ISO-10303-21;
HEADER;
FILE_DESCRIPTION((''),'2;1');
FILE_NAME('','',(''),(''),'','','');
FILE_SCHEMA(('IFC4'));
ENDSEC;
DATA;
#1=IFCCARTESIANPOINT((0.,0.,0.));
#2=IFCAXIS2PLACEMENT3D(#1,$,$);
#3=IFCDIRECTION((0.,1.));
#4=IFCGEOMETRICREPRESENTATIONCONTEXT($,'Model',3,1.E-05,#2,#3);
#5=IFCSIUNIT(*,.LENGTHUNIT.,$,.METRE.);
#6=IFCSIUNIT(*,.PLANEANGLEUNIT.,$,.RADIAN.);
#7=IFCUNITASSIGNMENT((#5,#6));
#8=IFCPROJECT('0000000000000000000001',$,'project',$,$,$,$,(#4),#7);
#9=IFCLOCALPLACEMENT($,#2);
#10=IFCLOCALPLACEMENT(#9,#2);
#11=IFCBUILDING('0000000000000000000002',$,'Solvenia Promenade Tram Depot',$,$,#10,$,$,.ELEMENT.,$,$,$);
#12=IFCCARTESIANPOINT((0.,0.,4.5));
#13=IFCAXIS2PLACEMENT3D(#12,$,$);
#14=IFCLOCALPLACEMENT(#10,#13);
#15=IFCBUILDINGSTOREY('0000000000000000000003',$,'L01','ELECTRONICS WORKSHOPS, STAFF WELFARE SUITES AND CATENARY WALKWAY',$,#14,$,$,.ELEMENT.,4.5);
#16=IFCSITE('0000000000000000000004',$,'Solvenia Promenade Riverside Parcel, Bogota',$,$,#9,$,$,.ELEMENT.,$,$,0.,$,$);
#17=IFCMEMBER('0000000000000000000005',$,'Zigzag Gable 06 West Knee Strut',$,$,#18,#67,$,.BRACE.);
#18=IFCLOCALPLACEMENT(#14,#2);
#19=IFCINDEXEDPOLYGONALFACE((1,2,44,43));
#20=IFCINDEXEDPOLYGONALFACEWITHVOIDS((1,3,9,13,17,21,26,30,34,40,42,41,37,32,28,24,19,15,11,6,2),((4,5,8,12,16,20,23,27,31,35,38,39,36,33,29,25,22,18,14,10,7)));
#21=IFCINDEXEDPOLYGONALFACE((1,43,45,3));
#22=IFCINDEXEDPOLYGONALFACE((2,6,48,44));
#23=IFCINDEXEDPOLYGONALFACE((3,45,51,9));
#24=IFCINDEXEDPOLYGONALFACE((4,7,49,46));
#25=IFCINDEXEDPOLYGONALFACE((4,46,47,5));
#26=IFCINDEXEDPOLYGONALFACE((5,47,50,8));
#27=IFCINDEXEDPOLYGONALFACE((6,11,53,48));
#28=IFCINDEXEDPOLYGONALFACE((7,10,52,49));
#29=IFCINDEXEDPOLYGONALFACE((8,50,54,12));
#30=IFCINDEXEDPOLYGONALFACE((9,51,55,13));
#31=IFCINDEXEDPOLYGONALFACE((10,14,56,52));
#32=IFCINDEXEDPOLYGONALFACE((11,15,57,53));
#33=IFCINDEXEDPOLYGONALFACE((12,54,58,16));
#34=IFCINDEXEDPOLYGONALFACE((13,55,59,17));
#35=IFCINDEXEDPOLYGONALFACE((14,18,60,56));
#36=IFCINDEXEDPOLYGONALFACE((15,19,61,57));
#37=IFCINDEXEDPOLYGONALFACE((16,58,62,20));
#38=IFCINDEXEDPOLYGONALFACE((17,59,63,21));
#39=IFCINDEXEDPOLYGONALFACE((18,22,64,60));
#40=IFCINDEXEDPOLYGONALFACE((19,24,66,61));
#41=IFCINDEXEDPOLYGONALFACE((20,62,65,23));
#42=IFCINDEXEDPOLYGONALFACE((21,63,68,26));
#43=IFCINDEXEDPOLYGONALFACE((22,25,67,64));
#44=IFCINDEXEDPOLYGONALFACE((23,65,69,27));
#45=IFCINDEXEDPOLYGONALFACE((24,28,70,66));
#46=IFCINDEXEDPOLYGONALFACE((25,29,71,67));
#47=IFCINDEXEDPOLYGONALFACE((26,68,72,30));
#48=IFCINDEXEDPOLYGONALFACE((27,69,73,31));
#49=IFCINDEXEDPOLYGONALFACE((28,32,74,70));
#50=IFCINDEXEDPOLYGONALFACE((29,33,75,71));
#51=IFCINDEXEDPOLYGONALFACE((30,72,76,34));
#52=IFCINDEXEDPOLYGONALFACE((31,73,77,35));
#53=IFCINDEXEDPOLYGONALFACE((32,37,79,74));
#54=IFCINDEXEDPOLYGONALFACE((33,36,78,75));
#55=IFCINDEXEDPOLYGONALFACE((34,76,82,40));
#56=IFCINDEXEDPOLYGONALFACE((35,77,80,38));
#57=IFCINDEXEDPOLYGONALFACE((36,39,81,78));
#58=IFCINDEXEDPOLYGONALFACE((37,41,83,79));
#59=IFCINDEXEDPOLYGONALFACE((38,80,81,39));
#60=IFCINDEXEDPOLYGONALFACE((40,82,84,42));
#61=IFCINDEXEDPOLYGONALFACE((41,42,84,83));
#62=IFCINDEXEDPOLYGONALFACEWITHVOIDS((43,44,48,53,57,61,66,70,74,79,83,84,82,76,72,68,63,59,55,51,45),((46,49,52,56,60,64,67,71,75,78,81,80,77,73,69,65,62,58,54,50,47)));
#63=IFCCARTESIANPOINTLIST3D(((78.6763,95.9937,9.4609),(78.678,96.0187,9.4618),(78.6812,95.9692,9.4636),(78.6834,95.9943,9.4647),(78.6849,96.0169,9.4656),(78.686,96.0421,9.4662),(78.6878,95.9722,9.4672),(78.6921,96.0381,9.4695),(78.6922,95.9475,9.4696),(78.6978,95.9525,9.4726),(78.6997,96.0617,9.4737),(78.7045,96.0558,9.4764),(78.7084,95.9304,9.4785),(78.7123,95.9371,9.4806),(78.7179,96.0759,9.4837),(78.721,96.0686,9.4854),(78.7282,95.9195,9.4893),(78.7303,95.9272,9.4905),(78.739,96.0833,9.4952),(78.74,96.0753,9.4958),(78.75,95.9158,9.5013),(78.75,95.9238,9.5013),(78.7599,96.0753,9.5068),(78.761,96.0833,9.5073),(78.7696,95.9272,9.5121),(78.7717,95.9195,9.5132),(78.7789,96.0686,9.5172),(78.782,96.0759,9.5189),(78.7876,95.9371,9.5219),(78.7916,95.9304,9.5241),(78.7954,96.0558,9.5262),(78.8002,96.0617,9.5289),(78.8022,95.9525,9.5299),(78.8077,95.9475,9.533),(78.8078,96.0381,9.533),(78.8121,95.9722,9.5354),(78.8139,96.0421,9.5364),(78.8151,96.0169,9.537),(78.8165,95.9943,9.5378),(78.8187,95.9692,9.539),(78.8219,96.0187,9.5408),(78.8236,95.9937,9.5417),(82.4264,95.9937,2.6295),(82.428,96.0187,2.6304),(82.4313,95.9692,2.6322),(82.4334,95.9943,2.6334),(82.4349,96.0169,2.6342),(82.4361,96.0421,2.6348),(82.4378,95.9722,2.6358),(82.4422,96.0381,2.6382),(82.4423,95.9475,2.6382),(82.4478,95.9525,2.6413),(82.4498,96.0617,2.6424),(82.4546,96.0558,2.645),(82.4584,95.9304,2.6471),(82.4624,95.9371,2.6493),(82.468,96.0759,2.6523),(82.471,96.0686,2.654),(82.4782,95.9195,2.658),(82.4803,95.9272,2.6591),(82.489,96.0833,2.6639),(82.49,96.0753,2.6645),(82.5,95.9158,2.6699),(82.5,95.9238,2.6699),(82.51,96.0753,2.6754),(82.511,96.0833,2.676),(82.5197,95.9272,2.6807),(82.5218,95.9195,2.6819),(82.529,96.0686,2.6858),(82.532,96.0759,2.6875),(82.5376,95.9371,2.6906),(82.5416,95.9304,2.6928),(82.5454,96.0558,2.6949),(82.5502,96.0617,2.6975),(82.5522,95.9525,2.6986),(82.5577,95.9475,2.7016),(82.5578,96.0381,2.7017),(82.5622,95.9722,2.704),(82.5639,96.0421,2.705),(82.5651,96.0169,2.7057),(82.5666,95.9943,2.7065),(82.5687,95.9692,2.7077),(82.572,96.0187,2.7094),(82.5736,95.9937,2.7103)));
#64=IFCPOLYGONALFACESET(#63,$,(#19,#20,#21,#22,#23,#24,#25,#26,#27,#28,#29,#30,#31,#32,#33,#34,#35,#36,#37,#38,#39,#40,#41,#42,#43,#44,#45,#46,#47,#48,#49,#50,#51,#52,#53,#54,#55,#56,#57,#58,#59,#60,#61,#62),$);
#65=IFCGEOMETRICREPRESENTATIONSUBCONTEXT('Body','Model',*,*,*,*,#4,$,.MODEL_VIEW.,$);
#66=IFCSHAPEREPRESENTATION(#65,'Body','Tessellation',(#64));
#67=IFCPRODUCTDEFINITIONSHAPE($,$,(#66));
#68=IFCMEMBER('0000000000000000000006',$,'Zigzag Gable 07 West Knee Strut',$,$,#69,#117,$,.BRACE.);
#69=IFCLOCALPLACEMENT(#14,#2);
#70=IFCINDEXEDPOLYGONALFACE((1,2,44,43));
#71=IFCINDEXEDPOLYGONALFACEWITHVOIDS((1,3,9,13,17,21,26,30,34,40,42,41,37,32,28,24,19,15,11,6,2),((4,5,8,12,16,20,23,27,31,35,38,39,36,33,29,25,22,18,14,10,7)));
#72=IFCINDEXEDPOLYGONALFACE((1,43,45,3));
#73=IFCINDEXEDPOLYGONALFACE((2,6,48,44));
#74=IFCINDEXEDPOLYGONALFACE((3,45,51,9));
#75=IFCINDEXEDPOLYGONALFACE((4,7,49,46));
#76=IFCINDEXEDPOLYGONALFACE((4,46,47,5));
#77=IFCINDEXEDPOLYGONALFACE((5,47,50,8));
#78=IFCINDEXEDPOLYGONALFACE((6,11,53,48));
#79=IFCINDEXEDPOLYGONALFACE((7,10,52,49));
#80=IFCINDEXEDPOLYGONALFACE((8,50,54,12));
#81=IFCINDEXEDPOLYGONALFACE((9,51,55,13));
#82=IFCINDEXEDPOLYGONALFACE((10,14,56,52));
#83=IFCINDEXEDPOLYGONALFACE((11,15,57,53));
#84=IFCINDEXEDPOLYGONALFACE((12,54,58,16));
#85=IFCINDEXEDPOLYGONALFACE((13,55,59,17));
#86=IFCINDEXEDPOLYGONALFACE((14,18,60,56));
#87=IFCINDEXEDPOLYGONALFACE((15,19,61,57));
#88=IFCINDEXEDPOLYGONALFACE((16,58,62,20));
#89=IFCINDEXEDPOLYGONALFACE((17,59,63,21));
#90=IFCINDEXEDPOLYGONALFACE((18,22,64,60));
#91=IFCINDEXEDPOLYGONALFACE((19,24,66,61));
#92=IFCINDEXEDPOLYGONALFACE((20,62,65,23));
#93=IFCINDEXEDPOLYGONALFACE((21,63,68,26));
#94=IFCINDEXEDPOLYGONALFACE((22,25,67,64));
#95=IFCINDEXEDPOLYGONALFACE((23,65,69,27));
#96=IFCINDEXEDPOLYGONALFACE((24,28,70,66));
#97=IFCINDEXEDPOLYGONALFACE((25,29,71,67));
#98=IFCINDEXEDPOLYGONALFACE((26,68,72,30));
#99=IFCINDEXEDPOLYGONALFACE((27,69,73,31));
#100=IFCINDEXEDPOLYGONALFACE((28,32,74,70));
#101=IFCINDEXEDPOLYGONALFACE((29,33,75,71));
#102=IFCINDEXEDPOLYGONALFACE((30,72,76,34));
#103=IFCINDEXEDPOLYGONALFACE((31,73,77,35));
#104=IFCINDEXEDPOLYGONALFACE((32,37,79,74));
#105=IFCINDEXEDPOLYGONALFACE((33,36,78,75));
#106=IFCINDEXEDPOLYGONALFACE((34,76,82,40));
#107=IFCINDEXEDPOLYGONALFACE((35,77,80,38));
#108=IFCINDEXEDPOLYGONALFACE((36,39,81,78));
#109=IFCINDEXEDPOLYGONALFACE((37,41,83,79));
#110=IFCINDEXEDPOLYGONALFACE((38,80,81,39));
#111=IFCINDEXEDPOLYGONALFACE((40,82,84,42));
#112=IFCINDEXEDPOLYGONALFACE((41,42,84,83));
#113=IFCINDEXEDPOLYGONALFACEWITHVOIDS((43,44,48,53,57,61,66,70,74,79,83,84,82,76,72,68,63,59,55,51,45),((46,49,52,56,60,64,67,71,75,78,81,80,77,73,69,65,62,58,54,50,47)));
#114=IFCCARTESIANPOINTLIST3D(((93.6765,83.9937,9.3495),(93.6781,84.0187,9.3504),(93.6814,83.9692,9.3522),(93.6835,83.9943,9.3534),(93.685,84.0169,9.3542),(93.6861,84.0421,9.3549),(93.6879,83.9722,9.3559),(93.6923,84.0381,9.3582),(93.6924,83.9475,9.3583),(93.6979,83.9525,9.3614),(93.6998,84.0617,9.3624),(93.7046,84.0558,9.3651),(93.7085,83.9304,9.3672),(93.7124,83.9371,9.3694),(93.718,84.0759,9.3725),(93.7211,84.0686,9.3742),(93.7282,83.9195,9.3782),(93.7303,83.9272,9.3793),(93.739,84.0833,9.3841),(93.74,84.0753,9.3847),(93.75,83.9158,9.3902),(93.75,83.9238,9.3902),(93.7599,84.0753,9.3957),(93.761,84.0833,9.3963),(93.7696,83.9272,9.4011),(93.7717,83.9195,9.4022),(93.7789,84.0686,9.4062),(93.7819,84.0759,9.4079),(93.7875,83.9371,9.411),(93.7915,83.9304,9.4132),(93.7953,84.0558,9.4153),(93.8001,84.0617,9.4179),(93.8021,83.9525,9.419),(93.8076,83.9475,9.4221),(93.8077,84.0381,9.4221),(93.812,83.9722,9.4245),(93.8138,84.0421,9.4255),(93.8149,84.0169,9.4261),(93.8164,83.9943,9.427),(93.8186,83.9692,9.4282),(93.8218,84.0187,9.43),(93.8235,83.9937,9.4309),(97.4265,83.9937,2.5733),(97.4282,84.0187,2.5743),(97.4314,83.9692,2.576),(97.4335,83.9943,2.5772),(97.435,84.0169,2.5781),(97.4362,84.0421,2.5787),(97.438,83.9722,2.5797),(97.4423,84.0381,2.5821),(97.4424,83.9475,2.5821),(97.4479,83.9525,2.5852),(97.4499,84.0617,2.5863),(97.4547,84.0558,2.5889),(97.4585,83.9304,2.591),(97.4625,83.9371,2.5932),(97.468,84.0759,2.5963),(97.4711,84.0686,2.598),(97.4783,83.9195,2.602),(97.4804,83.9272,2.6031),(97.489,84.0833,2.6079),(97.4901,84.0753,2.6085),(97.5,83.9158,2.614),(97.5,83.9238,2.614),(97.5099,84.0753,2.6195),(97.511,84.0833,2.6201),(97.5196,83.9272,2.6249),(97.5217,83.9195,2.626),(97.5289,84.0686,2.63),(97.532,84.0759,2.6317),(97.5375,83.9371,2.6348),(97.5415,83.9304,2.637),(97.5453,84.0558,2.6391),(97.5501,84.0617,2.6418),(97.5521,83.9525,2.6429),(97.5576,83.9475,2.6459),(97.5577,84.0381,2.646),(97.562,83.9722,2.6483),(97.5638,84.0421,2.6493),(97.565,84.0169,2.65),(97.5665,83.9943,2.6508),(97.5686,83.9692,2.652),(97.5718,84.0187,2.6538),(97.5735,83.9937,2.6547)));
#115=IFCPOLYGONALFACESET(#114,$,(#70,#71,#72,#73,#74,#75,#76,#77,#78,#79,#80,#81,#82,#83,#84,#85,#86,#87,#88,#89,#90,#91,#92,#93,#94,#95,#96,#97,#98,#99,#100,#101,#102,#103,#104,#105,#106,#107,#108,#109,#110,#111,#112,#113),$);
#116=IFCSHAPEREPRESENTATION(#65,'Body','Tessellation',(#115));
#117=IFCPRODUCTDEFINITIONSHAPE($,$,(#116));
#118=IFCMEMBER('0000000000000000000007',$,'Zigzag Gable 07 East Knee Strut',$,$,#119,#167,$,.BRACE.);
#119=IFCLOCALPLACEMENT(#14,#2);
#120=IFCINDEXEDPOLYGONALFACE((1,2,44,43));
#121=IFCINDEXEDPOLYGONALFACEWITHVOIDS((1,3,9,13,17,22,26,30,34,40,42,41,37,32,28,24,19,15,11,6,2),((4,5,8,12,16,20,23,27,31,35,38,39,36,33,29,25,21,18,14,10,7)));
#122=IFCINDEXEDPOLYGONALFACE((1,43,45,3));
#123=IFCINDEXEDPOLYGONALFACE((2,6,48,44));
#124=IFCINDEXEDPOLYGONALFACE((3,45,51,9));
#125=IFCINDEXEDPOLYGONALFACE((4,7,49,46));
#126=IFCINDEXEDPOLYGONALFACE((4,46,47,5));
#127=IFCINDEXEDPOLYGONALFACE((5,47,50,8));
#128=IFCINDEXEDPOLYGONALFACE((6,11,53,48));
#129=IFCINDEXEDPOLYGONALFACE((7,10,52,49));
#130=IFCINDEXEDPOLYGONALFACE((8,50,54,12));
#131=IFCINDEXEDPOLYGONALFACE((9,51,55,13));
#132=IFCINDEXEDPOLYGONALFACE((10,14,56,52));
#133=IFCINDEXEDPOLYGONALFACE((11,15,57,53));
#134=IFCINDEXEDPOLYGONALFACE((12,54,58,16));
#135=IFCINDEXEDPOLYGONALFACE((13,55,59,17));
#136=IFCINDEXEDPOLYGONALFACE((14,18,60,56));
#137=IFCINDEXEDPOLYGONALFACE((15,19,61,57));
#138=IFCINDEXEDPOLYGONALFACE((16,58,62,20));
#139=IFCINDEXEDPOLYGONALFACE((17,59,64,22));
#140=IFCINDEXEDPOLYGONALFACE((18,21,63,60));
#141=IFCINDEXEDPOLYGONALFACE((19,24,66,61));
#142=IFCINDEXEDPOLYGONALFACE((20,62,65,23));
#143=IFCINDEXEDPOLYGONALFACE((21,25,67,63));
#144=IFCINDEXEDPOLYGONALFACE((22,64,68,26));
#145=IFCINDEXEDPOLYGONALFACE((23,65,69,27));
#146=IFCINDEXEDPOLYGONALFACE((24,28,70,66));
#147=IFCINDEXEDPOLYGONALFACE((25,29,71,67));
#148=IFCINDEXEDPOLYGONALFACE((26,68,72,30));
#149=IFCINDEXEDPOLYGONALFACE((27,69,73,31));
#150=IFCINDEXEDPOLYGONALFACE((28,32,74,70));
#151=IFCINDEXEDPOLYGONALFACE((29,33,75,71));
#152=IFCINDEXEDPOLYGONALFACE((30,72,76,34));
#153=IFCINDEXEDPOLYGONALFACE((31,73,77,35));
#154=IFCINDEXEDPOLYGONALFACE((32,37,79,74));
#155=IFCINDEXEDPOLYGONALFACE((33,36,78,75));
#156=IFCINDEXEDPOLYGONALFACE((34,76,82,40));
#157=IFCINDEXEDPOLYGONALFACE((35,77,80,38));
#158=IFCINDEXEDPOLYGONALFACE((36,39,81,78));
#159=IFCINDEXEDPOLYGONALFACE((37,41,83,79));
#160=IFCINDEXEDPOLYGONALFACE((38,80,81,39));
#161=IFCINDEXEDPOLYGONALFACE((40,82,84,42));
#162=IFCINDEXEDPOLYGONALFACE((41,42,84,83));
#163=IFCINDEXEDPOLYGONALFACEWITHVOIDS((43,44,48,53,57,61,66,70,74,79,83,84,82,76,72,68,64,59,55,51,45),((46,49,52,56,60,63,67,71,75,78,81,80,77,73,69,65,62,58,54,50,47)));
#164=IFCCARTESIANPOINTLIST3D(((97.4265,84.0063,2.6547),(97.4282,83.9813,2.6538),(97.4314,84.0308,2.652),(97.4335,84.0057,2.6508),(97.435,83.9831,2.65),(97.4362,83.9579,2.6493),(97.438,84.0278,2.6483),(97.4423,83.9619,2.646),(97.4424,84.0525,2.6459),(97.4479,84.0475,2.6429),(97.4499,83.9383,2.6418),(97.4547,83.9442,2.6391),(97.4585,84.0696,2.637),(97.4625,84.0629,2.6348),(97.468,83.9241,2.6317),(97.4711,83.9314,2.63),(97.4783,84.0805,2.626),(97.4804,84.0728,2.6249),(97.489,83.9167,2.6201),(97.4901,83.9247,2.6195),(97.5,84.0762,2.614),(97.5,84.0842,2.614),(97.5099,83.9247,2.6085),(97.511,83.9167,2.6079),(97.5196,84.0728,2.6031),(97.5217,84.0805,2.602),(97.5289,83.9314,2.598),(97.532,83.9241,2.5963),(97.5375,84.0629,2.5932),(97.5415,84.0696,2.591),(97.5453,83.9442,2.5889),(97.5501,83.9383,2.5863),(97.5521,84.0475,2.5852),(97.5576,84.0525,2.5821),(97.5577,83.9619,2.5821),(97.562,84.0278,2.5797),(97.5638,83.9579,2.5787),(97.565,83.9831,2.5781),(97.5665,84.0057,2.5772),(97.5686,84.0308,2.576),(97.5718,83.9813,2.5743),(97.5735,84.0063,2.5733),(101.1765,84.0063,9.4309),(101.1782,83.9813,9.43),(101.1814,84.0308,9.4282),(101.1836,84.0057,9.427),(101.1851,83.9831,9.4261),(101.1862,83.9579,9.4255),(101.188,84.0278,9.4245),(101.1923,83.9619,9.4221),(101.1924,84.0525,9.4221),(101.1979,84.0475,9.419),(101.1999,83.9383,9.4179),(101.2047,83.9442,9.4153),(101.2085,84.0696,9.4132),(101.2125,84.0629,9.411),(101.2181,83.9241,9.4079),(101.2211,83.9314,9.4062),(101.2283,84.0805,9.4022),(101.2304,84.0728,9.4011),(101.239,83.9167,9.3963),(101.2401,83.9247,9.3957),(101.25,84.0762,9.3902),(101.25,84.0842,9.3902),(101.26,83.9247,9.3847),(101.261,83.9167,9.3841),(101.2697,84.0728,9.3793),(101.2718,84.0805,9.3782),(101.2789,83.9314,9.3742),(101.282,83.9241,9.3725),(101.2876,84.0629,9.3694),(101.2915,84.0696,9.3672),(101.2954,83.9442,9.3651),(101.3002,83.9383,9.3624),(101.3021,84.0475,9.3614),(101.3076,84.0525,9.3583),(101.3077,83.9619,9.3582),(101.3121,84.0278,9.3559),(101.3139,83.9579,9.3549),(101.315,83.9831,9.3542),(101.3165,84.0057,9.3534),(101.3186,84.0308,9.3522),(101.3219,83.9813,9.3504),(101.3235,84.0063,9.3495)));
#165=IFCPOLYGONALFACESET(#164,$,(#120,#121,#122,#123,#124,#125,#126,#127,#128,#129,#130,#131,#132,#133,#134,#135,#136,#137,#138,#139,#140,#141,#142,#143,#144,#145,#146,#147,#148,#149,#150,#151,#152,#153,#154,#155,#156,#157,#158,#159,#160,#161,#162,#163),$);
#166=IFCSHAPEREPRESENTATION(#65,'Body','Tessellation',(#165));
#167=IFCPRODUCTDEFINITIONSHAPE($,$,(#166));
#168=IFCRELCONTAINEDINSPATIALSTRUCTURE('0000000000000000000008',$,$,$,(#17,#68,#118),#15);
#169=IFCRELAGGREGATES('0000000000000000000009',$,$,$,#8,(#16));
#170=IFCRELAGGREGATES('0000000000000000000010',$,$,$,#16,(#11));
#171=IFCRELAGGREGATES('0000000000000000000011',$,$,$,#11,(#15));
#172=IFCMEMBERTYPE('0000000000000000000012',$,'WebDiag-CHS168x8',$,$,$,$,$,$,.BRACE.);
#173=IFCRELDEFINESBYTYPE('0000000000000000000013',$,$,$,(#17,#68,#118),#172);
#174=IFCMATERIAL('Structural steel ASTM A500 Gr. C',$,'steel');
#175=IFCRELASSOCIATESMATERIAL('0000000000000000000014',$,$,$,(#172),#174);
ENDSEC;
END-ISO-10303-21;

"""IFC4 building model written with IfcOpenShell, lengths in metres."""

from ifc_helpers import new_model, si_unit, direction, frame, origin, origin_2d, place, context, subcontext, project, spatial, hollow_circle, extrude, material, material_profile, profile_set, type_object, element, save


model = new_model("IFC4")

# Units and contexts
model_context = context("Model", 3, precision=1e-05, world=origin(), true_north=direction((0.0, 1.0)))
body_context = subcontext(model_context, "Body", "Model", "MODEL_VIEW")
ifc_project = project(units=[si_unit("LENGTHUNIT", "METRE"), si_unit("PLANEANGLEUNIT", "RADIAN")], contexts=[model_context])

# Site, building, storey
site_placement = place(None, origin())
site = spatial("IfcSite", under=ifc_project, at=site_placement, Name="Solvenia Promenade Riverside Parcel, Bogota", CompositionType="ELEMENT", RefElevation=0.0)
building_placement = place(site_placement, origin())
building = spatial("IfcBuilding", under=site, at=building_placement, Name="Solvenia Promenade Tram Depot", CompositionType="ELEMENT")
storey_placement = place(building_placement, frame((0.0, 0.0, 4.5)))
storey = spatial("IfcBuildingStorey", under=building, at=storey_placement, Name="L01", Description="ELECTRONICS WORKSHOPS, STAFF WELFARE SUITES AND CATENARY WALKWAY", CompositionType="ELEMENT", Elevation=4.5)

# Shared definitions
ifc_material_1 = material(Name="Structural steel ASTM A500 Gr. C", Category="steel")

# Members
ifc_material_profile_1 = material_profile(ifc_material_1, hollow_circle(Radius=0.0842, WallThickness=0.0081, at=origin_2d()), Name="CHS168.3x8", Category="steel")
ifc_profile_set_1 = profile_set([ifc_material_profile_1], Name="Structural steel ASTM A500 Gr. C")
member_type_1 = type_object("IfcMemberType", Name="WebDiag-CHS168x8", PredefinedType="BRACE", material=ifc_profile_set_1)
member_1_placement = place(storey_placement, frame((82.5, 96.0, 2.6699), z_axis=(-0.481208, 0.0, 0.876607), x_axis=(0.0, -1.0, 0.0)))
element("IfcMember", 1, at=member_1_placement, inside=storey, type_object=member_type_1, Name="Zigzag Gable 06 West Knee Strut", PredefinedType="BRACE", context=body_context, shape_type="SweptSolid", body=[
    extrude(hollow_circle(Radius=0.0842, WallThickness=0.0081, at=origin_2d()), origin(), (0.0, 0.0, 1.0), 7.793),
])
for number, where, z_axis, x_axis, name in (
    (2, (97.5, 84.0, 2.614), (-0.48421, 0.0, 0.874952), (0.0, -1.0, 0.0), "Zigzag Gable 07 West Knee Strut"),
    (3, (97.5, 84.0, 2.614), (0.48421, 0.0, 0.874952), (0.0, 1.0, 0.0), "Zigzag Gable 07 East Knee Strut"),
):
    element("IfcMember", number, at=place(storey_placement, frame(where, z_axis=z_axis, x_axis=x_axis)), inside=storey, type_object=member_type_1, Name=name, PredefinedType="BRACE", context=body_context, shape_type="SweptSolid", body=[
        extrude(hollow_circle(Radius=0.0842, WallThickness=0.0081, at=origin_2d()), origin(), (0.0, 0.0, 1.0), 7.7446),
    ])

save(model, "model.ifc")
